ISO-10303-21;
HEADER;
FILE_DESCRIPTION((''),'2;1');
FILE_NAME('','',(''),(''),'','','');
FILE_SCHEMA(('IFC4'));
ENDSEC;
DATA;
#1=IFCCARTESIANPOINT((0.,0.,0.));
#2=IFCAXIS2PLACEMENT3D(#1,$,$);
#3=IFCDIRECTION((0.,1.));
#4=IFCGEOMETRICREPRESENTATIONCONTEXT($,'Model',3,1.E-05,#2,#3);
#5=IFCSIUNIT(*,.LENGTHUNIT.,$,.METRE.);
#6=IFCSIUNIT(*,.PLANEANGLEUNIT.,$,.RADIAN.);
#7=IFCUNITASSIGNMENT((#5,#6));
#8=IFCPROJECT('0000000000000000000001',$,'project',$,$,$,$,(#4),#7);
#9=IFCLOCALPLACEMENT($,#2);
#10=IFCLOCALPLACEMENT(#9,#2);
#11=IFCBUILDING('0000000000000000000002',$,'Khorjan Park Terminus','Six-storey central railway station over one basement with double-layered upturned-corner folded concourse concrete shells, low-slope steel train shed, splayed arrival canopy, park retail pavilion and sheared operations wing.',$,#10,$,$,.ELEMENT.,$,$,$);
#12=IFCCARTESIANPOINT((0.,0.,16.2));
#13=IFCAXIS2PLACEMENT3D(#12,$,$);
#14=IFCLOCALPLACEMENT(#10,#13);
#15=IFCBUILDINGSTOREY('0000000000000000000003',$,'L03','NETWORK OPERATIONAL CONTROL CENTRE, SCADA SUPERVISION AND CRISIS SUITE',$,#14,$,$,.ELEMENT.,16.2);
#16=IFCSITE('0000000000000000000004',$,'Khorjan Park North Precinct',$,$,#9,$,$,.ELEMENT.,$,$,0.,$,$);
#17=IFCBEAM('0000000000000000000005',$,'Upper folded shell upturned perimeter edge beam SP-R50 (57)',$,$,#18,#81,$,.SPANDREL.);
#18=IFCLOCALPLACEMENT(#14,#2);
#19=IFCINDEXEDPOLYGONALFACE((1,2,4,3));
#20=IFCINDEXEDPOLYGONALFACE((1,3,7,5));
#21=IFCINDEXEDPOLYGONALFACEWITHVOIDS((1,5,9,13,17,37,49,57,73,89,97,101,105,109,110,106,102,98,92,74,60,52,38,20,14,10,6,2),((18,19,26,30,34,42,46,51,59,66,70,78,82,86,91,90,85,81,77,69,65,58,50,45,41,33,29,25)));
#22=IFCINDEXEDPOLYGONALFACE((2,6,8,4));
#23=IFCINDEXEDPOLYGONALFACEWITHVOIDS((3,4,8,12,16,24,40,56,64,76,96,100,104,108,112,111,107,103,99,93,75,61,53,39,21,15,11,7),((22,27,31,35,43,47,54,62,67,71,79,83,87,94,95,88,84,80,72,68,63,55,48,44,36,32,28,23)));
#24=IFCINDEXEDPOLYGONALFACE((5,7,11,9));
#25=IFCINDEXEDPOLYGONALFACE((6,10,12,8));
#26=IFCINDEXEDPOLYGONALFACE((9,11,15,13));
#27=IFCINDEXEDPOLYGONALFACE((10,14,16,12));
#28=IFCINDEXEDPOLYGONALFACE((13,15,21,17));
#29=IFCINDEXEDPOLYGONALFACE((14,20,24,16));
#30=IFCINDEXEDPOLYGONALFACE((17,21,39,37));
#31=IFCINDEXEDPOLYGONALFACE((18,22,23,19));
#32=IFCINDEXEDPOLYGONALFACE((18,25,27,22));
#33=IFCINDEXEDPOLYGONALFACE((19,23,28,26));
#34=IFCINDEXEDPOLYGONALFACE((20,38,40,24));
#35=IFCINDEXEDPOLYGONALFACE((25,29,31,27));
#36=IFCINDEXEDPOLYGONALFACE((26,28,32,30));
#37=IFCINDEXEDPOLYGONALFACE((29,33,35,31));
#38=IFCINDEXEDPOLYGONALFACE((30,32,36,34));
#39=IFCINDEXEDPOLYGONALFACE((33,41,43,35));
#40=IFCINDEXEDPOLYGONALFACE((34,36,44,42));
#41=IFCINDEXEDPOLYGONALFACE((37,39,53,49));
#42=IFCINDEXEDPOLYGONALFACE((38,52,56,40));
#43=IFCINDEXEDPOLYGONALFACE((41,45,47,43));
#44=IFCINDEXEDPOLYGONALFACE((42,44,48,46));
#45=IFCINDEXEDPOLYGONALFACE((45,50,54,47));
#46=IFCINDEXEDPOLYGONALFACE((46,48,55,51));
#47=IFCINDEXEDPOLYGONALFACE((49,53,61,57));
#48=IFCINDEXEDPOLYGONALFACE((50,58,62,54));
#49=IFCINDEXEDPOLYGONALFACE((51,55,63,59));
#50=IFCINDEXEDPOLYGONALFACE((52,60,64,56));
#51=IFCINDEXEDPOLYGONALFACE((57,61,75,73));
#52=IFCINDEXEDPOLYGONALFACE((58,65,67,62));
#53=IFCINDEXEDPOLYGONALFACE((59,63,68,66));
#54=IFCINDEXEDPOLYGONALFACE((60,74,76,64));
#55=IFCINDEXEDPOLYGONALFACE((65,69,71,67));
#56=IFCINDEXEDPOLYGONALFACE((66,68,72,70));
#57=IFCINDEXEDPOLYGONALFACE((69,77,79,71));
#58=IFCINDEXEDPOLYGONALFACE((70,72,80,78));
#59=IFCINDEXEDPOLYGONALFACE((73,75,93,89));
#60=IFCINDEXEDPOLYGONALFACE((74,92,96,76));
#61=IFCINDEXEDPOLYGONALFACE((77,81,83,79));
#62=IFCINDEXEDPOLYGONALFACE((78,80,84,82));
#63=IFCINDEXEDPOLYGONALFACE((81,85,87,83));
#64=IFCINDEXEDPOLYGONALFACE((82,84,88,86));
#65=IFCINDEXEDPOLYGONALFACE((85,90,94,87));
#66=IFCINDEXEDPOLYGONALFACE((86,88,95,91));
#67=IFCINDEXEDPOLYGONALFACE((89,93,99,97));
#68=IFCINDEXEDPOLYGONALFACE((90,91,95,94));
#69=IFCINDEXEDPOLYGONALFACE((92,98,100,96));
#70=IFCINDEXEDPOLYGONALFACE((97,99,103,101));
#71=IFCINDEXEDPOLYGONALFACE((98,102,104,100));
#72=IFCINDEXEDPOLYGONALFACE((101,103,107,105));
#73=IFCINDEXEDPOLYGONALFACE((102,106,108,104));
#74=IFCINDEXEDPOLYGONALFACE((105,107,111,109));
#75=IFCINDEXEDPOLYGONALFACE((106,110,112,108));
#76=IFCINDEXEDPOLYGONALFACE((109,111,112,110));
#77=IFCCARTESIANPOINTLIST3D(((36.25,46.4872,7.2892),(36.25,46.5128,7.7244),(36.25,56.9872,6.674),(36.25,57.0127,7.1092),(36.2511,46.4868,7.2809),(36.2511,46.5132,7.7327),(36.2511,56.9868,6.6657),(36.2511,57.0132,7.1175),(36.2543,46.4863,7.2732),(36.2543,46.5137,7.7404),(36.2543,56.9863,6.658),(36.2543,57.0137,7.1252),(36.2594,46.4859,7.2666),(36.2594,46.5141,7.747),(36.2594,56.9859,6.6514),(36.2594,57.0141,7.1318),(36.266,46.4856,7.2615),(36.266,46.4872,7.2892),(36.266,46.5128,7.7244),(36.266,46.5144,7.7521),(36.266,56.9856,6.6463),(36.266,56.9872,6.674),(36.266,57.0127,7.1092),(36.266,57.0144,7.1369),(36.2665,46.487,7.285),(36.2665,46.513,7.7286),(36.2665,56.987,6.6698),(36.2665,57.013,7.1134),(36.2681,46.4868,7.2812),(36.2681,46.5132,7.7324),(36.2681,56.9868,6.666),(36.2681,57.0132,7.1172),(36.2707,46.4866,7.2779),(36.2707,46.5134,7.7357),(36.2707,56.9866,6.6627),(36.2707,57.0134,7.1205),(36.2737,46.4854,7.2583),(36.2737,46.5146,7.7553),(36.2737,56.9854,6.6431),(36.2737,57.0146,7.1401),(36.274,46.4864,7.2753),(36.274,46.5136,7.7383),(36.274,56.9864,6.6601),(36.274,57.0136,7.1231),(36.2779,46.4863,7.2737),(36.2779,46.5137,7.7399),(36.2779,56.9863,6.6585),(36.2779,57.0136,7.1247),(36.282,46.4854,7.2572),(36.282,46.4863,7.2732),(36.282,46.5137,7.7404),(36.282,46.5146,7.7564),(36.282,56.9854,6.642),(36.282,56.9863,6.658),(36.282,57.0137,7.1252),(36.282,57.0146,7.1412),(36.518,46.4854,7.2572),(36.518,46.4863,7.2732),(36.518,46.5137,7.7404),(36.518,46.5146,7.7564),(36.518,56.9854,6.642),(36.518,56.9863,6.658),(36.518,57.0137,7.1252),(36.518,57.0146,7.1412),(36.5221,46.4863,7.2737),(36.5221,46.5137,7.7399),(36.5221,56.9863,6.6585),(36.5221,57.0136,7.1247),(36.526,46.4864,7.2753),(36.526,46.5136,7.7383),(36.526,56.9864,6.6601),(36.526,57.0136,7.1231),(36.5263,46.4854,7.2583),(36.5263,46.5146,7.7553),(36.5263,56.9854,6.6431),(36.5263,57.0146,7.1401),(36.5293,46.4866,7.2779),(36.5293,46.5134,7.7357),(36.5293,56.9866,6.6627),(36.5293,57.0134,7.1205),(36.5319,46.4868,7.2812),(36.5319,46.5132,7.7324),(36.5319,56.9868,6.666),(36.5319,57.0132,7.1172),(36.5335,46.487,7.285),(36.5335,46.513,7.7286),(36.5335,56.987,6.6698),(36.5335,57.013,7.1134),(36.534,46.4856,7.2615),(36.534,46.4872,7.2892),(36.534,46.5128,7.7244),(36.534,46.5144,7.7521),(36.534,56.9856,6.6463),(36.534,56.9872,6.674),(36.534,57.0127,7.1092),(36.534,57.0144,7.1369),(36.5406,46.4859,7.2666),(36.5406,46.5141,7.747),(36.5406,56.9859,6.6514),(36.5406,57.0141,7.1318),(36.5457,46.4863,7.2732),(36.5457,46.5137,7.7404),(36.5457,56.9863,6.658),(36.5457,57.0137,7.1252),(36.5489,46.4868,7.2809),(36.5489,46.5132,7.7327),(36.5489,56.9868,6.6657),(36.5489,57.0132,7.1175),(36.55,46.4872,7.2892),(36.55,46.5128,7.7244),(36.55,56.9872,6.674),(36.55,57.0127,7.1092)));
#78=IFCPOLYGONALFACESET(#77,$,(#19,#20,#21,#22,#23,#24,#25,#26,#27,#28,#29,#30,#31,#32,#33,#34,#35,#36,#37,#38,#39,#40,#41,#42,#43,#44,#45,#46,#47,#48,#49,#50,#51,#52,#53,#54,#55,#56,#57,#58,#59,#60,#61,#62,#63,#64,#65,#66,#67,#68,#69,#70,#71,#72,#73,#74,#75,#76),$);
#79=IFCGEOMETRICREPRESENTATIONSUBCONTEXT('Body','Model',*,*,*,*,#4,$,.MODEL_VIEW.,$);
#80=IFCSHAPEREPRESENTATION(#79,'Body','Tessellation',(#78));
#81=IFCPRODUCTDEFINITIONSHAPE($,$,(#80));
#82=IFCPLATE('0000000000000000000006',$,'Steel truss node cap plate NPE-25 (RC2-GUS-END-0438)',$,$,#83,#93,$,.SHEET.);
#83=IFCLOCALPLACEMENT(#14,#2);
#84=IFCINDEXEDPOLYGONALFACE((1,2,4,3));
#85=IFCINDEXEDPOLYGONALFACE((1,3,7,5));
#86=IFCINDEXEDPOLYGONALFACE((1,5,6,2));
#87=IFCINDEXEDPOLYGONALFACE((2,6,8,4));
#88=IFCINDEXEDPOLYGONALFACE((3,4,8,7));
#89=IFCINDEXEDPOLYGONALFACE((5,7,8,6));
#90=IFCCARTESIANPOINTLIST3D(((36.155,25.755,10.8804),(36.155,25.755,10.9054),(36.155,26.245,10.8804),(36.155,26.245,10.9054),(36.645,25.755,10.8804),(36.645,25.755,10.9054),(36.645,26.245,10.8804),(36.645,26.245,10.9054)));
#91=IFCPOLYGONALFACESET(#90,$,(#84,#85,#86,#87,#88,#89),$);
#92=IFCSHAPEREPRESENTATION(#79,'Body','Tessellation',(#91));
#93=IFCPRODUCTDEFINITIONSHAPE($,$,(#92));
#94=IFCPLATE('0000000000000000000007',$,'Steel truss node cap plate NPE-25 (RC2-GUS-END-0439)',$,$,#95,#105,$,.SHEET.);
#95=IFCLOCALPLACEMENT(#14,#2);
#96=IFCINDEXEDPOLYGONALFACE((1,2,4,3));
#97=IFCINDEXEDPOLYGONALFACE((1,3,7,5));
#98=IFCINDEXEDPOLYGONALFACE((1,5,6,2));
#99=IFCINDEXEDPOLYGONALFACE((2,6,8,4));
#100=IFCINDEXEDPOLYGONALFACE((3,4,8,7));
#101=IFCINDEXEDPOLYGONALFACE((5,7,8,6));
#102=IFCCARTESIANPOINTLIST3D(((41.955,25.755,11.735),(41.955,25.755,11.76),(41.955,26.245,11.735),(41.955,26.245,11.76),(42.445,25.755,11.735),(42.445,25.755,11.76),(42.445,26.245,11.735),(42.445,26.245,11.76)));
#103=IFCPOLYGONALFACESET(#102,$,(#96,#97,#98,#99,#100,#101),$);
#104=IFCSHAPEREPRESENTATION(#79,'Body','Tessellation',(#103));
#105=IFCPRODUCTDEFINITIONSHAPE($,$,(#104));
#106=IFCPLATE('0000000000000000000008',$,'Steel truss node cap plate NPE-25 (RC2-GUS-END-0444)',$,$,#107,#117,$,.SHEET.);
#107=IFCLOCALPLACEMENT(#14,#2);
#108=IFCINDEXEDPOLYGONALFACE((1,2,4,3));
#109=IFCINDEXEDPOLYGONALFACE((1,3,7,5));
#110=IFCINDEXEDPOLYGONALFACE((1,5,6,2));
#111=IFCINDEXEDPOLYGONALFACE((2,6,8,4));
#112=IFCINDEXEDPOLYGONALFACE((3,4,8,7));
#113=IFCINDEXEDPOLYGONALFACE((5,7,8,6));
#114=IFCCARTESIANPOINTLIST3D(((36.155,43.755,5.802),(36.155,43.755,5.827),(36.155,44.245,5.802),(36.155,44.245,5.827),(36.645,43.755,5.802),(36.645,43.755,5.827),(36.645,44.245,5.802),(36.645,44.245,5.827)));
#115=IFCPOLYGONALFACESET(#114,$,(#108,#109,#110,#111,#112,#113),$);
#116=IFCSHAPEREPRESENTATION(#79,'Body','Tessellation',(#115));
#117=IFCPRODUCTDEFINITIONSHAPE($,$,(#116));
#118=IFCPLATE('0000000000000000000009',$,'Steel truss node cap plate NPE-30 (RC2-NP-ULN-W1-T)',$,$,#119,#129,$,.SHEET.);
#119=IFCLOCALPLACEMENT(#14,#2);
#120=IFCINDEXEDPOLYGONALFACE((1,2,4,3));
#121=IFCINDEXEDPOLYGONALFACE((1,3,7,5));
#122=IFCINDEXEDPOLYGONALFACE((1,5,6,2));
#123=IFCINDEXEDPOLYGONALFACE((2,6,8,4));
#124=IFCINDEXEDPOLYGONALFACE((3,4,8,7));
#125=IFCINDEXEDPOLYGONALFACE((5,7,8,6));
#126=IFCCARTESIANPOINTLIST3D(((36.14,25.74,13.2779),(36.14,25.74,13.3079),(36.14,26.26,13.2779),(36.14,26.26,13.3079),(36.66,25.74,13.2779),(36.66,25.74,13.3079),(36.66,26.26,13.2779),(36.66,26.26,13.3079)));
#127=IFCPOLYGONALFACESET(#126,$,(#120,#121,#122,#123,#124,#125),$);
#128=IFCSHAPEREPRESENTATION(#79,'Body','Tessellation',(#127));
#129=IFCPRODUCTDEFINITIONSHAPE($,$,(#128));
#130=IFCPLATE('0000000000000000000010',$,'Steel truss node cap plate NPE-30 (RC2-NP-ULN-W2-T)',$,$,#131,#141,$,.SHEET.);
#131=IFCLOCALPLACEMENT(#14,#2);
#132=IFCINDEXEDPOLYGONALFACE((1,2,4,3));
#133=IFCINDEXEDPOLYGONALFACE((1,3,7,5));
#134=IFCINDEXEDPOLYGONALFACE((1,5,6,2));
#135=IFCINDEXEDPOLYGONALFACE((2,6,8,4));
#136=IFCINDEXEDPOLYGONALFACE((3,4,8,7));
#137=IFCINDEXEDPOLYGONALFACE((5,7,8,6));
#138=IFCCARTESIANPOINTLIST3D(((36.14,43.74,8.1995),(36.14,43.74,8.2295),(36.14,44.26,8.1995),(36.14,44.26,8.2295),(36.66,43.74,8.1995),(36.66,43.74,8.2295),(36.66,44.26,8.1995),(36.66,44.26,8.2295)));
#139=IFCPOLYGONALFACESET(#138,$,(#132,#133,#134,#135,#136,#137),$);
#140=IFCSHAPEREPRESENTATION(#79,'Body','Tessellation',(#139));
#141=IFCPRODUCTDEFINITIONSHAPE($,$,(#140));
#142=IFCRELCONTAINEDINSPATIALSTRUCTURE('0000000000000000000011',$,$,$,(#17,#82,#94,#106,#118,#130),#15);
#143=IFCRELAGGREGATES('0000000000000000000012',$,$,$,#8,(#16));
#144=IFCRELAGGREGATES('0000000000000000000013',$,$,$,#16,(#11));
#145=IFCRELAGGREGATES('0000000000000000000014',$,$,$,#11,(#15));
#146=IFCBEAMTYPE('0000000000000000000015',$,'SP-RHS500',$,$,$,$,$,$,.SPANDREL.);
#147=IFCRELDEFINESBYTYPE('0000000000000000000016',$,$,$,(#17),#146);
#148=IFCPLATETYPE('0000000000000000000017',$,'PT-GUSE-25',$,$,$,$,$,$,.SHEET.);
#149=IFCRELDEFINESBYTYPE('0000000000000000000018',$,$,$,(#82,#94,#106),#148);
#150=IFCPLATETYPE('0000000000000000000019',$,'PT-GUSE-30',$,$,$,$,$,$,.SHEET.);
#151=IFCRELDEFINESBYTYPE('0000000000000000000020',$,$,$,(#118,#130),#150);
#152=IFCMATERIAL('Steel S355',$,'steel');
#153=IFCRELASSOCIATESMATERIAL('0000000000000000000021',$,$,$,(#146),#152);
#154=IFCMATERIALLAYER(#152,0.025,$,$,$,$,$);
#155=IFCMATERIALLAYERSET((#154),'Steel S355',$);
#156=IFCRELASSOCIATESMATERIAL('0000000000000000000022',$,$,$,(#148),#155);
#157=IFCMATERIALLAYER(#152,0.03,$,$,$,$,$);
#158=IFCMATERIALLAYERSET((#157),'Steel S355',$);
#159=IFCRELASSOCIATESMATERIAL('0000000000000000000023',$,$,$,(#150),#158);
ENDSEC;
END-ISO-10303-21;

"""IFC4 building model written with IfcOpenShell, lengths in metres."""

from ifc_helpers import new_model, si_unit, direction, frame, origin, origin_2d, place, context, subcontext, project, spatial, rectangle, hollow_rectangle, extrude, material, layer, layer_set, material_profile, profile_set, type_object, element, save


model = new_model("IFC4")

# Units and contexts
model_context = context("Model", 3, precision=1e-05, world=origin(), true_north=direction((0.0, 1.0)))
body_context = subcontext(model_context, "Body", "Model", "MODEL_VIEW")
ifc_project = project(units=[si_unit("LENGTHUNIT", "METRE"), si_unit("PLANEANGLEUNIT", "RADIAN")], contexts=[model_context])

# Site, building, storey
site_placement = place(None, origin())
site = spatial("IfcSite", under=ifc_project, at=site_placement, Name="Khorjan Park North Precinct", CompositionType="ELEMENT", RefElevation=0.0)
building_placement = place(site_placement, origin())
building = spatial("IfcBuilding", under=site, at=building_placement, Name="Khorjan Park Terminus", Description="Six-storey central railway station over one basement with double-layered upturned-corner folded concourse concrete shells, low-slope steel train shed, splayed arrival canopy, park retail pavilion and sheared operations wing.", CompositionType="ELEMENT")
storey_placement = place(building_placement, frame((0.0, 0.0, 16.2)))
storey = spatial("IfcBuildingStorey", under=building, at=storey_placement, Name="L03", Description="NETWORK OPERATIONAL CONTROL CENTRE, SCADA SUPERVISION AND CRISIS SUITE", CompositionType="ELEMENT", Elevation=16.2)

# Shared definitions
ifc_material = material(Name="Steel S355", Category="steel")

# Beam
ifc_material_profile_1 = material_profile(ifc_material, hollow_rectangle(XDim=0.3, YDim=0.5, WallThickness=0.016, InnerFilletRadius=0.016, OuterFilletRadius=0.032, at=origin_2d()), Name="RHS 500x300x16")
ifc_profile_set_1 = profile_set([ifc_material_profile_1], Name="Steel S355")
beam_type = type_object("IfcBeamType", Name="SP-RHS500", PredefinedType="SPANDREL", material=ifc_profile_set_1)
beam_1_placement = place(storey_placement, frame((36.4, 46.5, 7.5068), z_axis=(0.0, 0.998288, -0.05849), x_axis=(-1.0, 0.0, 0.0)))
element("IfcBeam", 1, at=beam_1_placement, inside=storey, type_object=beam_type, Name="Upper folded shell upturned perimeter edge beam SP-R50 (57)", PredefinedType="SPANDREL", context=body_context, shape_type="SweptSolid", body=[
    extrude(hollow_rectangle(XDim=0.3, YDim=0.5, WallThickness=0.016, InnerFilletRadius=0.016, OuterFilletRadius=0.032, at=origin_2d()), origin(), (0.0, 0.0, 1.0), 10.518),
])

# Plates
ifc_layer_1 = layer(ifc_material, 0.025)
ifc_layer_set_1 = layer_set([ifc_layer_1], Name="Steel S355")
plate_type_1 = type_object("IfcPlateType", Name="PT-GUSE-25", PredefinedType="SHEET", material=ifc_layer_set_1)
for number, where, z_axis, x_axis, name in (
    (2, (36.4, 26.0, 10.8804), (0.0, 0.0, 1.0), (1.0, 0.0, 0.0), "Steel truss node cap plate NPE-25 (RC2-GUS-END-0438)"),
    (3, (42.2, 26.0, 11.735), (0.0, 0.0, 1.0), (1.0, 0.0, 0.0), "Steel truss node cap plate NPE-25 (RC2-GUS-END-0439)"),
    (4, (36.4, 44.0, 5.802), (0.0, 0.0, 1.0), (1.0, 0.0, 0.0), "Steel truss node cap plate NPE-25 (RC2-GUS-END-0444)"),
):
    element("IfcPlate", number, at=place(storey_placement, frame(where, z_axis=z_axis, x_axis=x_axis)), inside=storey, type_object=plate_type_1, Name=name, PredefinedType="SHEET", context=body_context, shape_type="SweptSolid", body=[
        extrude(rectangle(XDim=0.49, YDim=0.49, at=origin_2d()), origin(), (0.0, 0.0, 1.0), 0.025),
    ])
ifc_layer_2 = layer(ifc_material, 0.03)
ifc_layer_set_2 = layer_set([ifc_layer_2], Name="Steel S355")
plate_type_2 = type_object("IfcPlateType", Name="PT-GUSE-30", PredefinedType="SHEET", material=ifc_layer_set_2)
for number, where, z_axis, x_axis, name in (
    (5, (36.4, 26.0, 13.2779), (0.0, 0.0, 1.0), (1.0, 0.0, 0.0), "Steel truss node cap plate NPE-30 (RC2-NP-ULN-W1-T)"),
    (6, (36.4, 44.0, 8.1995), (0.0, 0.0, 1.0), (1.0, 0.0, 0.0), "Steel truss node cap plate NPE-30 (RC2-NP-ULN-W2-T)"),
):
    element("IfcPlate", number, at=place(storey_placement, frame(where, z_axis=z_axis, x_axis=x_axis)), inside=storey, type_object=plate_type_2, Name=name, PredefinedType="SHEET", context=body_context, shape_type="SweptSolid", body=[
        extrude(rectangle(XDim=0.52, YDim=0.52, at=origin_2d()), origin(), (0.0, 0.0, 1.0), 0.03),
    ])

save(model, "model.ifc")
